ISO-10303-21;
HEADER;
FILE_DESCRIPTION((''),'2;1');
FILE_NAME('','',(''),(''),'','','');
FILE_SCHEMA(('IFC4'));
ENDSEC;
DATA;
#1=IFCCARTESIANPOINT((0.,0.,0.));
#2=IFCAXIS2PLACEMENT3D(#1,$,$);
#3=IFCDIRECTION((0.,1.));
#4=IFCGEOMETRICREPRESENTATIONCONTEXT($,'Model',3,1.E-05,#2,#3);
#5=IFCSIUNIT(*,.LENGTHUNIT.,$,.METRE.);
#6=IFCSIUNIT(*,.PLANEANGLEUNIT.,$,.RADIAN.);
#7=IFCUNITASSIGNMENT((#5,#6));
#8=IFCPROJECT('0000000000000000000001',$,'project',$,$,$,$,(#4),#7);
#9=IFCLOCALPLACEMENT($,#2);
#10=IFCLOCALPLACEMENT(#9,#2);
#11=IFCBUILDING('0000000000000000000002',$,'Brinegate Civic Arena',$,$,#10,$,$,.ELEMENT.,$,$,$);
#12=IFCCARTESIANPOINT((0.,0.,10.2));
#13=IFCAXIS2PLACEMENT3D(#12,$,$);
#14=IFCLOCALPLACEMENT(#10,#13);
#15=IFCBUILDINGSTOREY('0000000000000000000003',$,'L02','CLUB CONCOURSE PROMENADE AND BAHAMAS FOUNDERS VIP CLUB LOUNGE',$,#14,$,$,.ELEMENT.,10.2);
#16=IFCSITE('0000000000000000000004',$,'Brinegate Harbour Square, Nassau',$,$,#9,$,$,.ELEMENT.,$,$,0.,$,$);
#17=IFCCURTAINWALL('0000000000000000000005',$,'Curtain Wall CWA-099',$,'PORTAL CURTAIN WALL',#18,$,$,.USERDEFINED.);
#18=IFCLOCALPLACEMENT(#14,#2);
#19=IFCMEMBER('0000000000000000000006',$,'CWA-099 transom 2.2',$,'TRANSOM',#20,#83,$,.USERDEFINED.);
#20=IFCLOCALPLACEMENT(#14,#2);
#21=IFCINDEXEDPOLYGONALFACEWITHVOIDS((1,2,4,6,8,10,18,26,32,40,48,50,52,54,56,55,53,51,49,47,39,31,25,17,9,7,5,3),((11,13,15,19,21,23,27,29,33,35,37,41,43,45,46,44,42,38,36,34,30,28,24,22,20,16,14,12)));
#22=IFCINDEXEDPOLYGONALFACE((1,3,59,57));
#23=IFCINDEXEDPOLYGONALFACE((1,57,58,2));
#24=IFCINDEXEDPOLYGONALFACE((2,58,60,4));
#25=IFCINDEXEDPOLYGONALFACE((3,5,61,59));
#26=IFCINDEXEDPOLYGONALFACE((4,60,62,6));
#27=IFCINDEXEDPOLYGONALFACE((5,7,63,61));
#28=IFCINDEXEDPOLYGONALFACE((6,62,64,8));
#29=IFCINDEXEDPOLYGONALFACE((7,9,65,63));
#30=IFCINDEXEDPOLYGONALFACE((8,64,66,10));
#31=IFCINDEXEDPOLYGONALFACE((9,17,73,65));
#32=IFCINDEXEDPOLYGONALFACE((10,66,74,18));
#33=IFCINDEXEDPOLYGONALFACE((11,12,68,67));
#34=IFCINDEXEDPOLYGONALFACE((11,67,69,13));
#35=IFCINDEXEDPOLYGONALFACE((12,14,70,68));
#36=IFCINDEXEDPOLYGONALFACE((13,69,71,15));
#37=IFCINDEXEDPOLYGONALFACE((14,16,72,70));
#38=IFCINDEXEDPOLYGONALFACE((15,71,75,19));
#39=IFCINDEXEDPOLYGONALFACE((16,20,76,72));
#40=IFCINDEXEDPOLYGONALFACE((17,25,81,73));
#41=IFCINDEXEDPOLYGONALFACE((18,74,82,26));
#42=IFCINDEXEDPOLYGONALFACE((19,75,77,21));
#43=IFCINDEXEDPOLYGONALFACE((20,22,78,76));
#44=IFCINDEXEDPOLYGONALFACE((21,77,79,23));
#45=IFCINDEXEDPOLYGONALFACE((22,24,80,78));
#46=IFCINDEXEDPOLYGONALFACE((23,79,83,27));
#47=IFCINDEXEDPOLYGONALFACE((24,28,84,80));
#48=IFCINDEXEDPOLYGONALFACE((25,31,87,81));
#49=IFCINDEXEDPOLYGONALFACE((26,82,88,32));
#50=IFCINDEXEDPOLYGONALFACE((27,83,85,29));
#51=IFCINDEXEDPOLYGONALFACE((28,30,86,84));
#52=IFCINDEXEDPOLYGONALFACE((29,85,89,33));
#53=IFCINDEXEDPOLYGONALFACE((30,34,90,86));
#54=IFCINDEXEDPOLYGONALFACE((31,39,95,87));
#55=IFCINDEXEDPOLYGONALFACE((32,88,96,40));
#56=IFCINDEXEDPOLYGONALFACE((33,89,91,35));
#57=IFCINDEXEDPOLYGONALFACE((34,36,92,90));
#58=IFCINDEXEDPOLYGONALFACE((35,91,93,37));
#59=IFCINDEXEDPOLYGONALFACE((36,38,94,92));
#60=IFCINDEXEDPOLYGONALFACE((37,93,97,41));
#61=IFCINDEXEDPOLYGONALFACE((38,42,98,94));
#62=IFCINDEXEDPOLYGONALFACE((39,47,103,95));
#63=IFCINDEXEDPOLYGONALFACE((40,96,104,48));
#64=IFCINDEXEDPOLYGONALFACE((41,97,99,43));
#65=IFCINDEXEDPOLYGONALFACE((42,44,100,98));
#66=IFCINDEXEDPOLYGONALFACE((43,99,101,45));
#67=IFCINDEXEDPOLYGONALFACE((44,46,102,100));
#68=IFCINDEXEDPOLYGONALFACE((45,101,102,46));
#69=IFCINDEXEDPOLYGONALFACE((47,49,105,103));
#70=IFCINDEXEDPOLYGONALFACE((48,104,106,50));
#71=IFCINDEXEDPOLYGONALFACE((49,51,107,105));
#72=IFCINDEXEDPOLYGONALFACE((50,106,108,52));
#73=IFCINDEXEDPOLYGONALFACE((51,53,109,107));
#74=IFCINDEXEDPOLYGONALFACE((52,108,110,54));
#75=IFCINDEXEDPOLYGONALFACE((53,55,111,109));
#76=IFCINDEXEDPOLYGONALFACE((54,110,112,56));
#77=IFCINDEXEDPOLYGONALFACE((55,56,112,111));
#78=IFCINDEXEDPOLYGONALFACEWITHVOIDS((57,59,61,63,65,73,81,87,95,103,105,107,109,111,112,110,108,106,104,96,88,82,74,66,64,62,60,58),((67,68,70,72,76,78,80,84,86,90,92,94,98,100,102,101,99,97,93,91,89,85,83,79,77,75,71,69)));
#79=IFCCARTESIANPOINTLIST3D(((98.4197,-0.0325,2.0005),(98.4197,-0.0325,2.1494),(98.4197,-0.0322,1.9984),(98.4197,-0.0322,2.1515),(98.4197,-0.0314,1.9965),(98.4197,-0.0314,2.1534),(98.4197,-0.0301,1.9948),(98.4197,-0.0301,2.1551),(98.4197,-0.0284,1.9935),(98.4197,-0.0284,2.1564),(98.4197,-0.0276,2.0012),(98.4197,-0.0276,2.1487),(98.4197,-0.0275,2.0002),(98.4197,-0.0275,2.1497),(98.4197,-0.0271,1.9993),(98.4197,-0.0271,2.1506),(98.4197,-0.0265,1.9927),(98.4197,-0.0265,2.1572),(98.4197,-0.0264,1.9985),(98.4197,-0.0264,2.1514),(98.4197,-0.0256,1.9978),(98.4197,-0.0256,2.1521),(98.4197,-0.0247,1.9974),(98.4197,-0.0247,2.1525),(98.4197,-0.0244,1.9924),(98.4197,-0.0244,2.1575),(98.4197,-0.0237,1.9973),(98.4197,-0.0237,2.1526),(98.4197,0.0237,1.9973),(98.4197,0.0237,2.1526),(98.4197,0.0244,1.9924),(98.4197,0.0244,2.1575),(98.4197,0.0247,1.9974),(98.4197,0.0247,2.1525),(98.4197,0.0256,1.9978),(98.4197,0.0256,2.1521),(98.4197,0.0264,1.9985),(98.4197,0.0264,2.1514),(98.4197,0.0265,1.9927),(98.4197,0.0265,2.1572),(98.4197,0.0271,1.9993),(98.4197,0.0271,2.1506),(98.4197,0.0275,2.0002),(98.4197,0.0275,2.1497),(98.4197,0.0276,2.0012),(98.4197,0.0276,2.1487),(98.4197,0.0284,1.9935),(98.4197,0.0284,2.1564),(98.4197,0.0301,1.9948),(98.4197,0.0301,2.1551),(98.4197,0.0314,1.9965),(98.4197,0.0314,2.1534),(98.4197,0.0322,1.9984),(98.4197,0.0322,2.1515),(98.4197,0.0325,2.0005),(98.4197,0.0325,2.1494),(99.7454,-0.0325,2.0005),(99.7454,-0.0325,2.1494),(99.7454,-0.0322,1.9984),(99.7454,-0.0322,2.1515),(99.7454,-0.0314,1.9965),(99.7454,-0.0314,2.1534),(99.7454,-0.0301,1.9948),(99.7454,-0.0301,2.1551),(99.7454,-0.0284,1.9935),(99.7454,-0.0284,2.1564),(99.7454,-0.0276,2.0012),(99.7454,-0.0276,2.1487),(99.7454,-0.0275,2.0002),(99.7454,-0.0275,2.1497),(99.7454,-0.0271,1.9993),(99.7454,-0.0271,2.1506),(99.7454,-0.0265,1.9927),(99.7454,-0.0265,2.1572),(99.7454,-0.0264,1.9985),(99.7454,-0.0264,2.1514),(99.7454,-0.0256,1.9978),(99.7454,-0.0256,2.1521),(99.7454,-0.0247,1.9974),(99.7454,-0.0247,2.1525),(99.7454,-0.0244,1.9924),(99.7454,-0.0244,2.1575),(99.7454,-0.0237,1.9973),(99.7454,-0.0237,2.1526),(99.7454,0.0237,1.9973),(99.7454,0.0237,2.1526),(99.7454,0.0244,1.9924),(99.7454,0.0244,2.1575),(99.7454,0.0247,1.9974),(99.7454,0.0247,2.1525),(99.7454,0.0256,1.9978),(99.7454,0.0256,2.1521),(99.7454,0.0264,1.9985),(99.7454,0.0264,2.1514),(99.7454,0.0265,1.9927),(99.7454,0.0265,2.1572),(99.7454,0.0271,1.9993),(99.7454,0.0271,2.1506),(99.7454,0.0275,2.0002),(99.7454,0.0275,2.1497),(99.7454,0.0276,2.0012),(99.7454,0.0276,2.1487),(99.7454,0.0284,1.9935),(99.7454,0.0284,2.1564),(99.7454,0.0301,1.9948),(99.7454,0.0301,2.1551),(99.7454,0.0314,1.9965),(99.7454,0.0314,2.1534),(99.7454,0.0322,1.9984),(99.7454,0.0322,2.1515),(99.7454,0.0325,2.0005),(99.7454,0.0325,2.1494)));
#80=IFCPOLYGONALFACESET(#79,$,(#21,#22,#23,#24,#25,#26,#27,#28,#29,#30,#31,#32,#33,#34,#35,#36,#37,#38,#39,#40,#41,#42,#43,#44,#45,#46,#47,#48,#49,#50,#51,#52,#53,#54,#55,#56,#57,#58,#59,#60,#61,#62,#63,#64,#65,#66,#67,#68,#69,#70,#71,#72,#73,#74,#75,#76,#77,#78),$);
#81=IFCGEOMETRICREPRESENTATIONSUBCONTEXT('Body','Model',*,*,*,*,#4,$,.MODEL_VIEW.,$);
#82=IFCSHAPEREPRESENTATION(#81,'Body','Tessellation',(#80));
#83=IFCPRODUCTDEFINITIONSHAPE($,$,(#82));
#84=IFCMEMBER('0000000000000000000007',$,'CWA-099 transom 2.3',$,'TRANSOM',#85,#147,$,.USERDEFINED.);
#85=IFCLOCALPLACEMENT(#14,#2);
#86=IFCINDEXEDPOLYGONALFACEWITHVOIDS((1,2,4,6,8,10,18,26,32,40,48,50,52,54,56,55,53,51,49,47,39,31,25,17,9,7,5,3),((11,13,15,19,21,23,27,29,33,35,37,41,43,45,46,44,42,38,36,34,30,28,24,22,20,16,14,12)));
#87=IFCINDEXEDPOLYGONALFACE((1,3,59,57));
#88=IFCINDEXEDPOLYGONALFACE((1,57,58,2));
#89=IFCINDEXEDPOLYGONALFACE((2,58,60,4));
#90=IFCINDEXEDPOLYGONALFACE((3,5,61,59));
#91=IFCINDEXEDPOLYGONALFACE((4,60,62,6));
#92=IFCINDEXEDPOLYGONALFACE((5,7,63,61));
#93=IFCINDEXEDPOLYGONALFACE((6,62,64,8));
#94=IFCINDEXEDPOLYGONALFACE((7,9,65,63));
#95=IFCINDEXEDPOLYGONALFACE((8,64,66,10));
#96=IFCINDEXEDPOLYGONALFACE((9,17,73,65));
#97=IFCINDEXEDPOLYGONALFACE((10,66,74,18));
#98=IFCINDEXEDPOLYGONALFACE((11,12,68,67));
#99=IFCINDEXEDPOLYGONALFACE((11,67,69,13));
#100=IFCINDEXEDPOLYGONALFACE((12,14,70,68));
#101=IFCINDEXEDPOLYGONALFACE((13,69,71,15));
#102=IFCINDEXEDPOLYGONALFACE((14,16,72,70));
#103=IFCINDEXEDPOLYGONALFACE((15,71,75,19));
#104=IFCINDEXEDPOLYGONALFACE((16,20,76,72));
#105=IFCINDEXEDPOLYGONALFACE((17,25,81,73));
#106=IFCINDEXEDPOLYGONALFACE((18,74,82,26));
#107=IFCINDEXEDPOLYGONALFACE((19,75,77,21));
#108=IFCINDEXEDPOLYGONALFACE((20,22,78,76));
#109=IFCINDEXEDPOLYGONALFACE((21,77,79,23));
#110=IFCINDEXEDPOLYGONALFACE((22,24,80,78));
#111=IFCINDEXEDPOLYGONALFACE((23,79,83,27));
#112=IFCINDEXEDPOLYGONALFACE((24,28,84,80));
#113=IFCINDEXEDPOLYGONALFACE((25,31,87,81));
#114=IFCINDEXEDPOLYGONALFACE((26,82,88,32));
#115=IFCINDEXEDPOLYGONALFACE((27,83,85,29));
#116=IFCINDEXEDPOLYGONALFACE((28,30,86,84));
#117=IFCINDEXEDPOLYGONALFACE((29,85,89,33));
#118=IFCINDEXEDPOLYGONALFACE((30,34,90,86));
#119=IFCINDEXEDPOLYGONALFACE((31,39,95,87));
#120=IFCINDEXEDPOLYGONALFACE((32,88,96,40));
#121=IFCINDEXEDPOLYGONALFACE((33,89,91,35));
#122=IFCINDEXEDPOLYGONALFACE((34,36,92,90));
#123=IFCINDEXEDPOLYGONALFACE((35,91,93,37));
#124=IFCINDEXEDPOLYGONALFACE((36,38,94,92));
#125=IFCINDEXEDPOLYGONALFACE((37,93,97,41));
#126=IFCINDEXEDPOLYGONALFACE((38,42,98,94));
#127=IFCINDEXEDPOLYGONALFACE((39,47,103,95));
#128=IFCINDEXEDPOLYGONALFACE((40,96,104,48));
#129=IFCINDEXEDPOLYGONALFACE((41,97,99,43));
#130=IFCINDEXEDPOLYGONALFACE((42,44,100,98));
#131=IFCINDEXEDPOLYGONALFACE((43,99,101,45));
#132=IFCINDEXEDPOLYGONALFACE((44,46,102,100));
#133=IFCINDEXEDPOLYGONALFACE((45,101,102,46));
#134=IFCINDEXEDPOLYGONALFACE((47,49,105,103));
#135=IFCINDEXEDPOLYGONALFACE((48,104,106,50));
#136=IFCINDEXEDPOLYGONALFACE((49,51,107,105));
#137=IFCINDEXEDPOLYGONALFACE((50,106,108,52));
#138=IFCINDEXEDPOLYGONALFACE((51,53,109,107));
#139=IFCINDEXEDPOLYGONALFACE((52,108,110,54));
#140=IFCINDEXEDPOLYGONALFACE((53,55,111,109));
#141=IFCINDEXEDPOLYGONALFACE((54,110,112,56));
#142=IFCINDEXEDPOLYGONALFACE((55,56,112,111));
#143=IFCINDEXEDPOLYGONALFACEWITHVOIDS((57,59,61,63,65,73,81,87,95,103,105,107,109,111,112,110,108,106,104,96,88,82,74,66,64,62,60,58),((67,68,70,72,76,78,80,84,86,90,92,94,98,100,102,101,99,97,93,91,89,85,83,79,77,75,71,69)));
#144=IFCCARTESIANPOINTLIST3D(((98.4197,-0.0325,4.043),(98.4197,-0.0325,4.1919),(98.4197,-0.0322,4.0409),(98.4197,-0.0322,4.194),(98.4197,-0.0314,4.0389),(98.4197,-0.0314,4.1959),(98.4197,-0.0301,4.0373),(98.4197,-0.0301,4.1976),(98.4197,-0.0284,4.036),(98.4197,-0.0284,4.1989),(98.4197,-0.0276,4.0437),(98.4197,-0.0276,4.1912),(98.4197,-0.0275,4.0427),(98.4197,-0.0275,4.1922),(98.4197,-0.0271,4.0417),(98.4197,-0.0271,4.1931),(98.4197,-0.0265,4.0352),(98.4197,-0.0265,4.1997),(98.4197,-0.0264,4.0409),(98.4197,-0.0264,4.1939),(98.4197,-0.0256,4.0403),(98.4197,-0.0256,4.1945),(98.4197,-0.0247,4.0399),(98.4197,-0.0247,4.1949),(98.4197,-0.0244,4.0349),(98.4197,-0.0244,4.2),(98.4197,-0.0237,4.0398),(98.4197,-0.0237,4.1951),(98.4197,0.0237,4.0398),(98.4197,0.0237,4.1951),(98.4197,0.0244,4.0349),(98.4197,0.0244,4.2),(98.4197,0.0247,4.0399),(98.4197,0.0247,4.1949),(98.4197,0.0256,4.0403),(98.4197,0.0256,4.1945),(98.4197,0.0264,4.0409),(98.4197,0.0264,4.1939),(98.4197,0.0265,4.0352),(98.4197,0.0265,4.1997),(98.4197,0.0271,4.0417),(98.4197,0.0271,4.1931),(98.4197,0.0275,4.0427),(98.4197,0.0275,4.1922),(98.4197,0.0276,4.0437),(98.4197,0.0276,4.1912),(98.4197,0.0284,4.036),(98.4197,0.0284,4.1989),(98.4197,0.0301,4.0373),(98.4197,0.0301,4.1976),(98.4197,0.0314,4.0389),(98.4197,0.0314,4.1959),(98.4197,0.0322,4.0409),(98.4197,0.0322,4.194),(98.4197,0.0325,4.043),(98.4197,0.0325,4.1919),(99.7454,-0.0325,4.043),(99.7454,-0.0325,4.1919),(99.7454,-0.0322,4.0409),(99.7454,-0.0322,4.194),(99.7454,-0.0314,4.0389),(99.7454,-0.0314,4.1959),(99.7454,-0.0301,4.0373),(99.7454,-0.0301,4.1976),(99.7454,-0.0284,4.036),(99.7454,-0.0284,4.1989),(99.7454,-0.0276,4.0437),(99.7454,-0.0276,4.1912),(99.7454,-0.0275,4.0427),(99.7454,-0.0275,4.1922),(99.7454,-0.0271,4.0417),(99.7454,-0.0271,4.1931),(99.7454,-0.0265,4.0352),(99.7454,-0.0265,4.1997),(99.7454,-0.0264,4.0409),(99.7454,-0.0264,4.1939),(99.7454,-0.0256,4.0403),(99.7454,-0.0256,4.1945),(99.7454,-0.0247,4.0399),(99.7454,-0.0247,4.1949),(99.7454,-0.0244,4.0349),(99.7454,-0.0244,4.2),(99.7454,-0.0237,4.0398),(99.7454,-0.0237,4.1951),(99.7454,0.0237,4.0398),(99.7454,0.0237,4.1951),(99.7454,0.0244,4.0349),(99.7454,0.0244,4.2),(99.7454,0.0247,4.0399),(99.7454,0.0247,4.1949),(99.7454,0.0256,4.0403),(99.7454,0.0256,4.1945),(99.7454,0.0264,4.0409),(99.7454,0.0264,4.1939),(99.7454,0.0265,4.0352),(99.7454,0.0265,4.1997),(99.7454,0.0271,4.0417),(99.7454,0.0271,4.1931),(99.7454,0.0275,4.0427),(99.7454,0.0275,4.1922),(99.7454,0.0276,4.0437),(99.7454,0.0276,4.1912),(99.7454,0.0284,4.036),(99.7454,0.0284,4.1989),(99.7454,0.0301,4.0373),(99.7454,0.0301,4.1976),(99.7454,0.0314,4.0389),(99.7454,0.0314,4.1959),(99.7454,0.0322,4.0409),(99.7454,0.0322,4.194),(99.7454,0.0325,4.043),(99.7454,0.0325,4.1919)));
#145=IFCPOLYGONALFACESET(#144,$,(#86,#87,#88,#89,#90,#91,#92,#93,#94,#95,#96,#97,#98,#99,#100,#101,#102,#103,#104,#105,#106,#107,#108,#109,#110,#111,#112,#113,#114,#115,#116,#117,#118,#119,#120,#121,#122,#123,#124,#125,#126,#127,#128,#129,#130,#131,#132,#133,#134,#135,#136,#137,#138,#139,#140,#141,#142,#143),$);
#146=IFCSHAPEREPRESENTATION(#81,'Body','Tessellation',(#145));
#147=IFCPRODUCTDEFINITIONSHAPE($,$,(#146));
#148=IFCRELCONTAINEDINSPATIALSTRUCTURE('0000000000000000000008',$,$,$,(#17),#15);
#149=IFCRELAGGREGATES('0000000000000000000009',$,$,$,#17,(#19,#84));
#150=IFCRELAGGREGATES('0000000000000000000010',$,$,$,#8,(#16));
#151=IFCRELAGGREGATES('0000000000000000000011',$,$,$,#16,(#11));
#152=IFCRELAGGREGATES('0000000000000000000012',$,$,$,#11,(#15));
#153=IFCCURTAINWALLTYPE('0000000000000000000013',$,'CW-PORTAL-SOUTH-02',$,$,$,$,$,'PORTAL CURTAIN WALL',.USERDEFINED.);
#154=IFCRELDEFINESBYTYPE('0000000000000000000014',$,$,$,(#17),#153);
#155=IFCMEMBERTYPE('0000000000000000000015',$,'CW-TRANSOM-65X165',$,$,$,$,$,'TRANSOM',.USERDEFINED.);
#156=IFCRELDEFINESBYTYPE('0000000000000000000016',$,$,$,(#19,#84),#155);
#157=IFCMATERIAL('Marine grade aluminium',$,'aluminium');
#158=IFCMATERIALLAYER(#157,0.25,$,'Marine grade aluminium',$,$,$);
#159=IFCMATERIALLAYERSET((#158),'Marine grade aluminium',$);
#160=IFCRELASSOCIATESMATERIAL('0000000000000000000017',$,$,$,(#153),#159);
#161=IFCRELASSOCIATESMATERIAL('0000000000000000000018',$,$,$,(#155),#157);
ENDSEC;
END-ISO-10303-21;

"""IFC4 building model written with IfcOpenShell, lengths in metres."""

from ifc_helpers import new_model, si_unit, direction, frame, origin, origin_2d, place, context, subcontext, project, spatial, hollow_rectangle, extrude, material, layer, layer_set, material_profile, profile_set, type_object, element, aggregate, save


model = new_model("IFC4")

# Units and contexts
model_context = context("Model", 3, precision=1e-05, world=origin(), true_north=direction((0.0, 1.0)))
body_context = subcontext(model_context, "Body", "Model", "MODEL_VIEW")
ifc_project = project(units=[si_unit("LENGTHUNIT", "METRE"), si_unit("PLANEANGLEUNIT", "RADIAN")], contexts=[model_context])

# Site, building, storey
site_placement = place(None, origin())
site = spatial("IfcSite", under=ifc_project, at=site_placement, Name="Brinegate Harbour Square, Nassau", CompositionType="ELEMENT", RefElevation=0.0)
building_placement = place(site_placement, origin())
building = spatial("IfcBuilding", under=site, at=building_placement, Name="Brinegate Civic Arena", CompositionType="ELEMENT")
storey_placement = place(building_placement, frame((0.0, 0.0, 10.2)))
storey = spatial("IfcBuildingStorey", under=building, at=storey_placement, Name="L02", Description="CLUB CONCOURSE PROMENADE AND BAHAMAS FOUNDERS VIP CLUB LOUNGE", CompositionType="ELEMENT", Elevation=10.2)

# Shared definitions
ifc_material_1 = material(Name="Marine grade aluminium", Category="aluminium")
ifc_layer_1 = layer(ifc_material_1, 0.25, Name="Marine grade aluminium")
ifc_layer_set_1 = layer_set([ifc_layer_1], Name="Marine grade aluminium")
curtain_wall_type = type_object("IfcCurtainWallType", Name="CW-PORTAL-SOUTH-02", ElementType="PORTAL CURTAIN WALL", PredefinedType="USERDEFINED", material=ifc_layer_set_1)

# Curtain wall, members
curtain_wall_1_placement = place(storey_placement, origin())
curtain_wall_1 = element("IfcCurtainWall", 1, at=curtain_wall_1_placement, inside=storey, type_object=curtain_wall_type, Name="Curtain Wall CWA-099", ObjectType="PORTAL CURTAIN WALL", PredefinedType="USERDEFINED")
ifc_material_profile_1 = material_profile(ifc_material_1, hollow_rectangle(XDim=0.0649, YDim=0.165, WallThickness=0.0049, InnerFilletRadius=0.0039, OuterFilletRadius=0.0081, at=origin_2d()), Name="TRN65X165")
ifc_profile_set_1 = profile_set([ifc_material_profile_1], Name="Marine grade aluminium")
member_type_1 = type_object("IfcMemberType", Name="CW-TRANSOM-65X165", ElementType="TRANSOM", PredefinedType="USERDEFINED", material=ifc_profile_set_1)
member_1_placement = place(storey_placement, frame((98.4197, 0.0, 2.075), z_axis=(1.0, 0.0, 0.0), x_axis=(0.0, 1.0, 0.0)))
member_1 = element("IfcMember", 2, at=member_1_placement, type_object=member_type_1, Name="CWA-099 transom 2.2", ObjectType="TRANSOM", PredefinedType="USERDEFINED", context=body_context, shape_type="SweptSolid", body=[
    extrude(hollow_rectangle(XDim=0.0649, YDim=0.165, WallThickness=0.0049, InnerFilletRadius=0.0039, OuterFilletRadius=0.0081, at=origin_2d()), origin(), (0.0, 0.0, 1.0), 1.3257),
])
member_2_placement = place(storey_placement, frame((98.4197, 0.0, 4.1174), z_axis=(1.0, 0.0, 0.0), x_axis=(0.0, 1.0, 0.0)))
member_2 = element("IfcMember", 3, at=member_2_placement, type_object=member_type_1, Name="CWA-099 transom 2.3", ObjectType="TRANSOM", PredefinedType="USERDEFINED", context=body_context, shape_type="SweptSolid", body=[
    extrude(hollow_rectangle(XDim=0.0649, YDim=0.165, WallThickness=0.0049, InnerFilletRadius=0.0039, OuterFilletRadius=0.0081, at=origin_2d()), origin(), (0.0, 0.0, 1.0), 1.3257),
])

aggregate(curtain_wall_1, [member_1, member_2])

save(model, "model.ifc")
